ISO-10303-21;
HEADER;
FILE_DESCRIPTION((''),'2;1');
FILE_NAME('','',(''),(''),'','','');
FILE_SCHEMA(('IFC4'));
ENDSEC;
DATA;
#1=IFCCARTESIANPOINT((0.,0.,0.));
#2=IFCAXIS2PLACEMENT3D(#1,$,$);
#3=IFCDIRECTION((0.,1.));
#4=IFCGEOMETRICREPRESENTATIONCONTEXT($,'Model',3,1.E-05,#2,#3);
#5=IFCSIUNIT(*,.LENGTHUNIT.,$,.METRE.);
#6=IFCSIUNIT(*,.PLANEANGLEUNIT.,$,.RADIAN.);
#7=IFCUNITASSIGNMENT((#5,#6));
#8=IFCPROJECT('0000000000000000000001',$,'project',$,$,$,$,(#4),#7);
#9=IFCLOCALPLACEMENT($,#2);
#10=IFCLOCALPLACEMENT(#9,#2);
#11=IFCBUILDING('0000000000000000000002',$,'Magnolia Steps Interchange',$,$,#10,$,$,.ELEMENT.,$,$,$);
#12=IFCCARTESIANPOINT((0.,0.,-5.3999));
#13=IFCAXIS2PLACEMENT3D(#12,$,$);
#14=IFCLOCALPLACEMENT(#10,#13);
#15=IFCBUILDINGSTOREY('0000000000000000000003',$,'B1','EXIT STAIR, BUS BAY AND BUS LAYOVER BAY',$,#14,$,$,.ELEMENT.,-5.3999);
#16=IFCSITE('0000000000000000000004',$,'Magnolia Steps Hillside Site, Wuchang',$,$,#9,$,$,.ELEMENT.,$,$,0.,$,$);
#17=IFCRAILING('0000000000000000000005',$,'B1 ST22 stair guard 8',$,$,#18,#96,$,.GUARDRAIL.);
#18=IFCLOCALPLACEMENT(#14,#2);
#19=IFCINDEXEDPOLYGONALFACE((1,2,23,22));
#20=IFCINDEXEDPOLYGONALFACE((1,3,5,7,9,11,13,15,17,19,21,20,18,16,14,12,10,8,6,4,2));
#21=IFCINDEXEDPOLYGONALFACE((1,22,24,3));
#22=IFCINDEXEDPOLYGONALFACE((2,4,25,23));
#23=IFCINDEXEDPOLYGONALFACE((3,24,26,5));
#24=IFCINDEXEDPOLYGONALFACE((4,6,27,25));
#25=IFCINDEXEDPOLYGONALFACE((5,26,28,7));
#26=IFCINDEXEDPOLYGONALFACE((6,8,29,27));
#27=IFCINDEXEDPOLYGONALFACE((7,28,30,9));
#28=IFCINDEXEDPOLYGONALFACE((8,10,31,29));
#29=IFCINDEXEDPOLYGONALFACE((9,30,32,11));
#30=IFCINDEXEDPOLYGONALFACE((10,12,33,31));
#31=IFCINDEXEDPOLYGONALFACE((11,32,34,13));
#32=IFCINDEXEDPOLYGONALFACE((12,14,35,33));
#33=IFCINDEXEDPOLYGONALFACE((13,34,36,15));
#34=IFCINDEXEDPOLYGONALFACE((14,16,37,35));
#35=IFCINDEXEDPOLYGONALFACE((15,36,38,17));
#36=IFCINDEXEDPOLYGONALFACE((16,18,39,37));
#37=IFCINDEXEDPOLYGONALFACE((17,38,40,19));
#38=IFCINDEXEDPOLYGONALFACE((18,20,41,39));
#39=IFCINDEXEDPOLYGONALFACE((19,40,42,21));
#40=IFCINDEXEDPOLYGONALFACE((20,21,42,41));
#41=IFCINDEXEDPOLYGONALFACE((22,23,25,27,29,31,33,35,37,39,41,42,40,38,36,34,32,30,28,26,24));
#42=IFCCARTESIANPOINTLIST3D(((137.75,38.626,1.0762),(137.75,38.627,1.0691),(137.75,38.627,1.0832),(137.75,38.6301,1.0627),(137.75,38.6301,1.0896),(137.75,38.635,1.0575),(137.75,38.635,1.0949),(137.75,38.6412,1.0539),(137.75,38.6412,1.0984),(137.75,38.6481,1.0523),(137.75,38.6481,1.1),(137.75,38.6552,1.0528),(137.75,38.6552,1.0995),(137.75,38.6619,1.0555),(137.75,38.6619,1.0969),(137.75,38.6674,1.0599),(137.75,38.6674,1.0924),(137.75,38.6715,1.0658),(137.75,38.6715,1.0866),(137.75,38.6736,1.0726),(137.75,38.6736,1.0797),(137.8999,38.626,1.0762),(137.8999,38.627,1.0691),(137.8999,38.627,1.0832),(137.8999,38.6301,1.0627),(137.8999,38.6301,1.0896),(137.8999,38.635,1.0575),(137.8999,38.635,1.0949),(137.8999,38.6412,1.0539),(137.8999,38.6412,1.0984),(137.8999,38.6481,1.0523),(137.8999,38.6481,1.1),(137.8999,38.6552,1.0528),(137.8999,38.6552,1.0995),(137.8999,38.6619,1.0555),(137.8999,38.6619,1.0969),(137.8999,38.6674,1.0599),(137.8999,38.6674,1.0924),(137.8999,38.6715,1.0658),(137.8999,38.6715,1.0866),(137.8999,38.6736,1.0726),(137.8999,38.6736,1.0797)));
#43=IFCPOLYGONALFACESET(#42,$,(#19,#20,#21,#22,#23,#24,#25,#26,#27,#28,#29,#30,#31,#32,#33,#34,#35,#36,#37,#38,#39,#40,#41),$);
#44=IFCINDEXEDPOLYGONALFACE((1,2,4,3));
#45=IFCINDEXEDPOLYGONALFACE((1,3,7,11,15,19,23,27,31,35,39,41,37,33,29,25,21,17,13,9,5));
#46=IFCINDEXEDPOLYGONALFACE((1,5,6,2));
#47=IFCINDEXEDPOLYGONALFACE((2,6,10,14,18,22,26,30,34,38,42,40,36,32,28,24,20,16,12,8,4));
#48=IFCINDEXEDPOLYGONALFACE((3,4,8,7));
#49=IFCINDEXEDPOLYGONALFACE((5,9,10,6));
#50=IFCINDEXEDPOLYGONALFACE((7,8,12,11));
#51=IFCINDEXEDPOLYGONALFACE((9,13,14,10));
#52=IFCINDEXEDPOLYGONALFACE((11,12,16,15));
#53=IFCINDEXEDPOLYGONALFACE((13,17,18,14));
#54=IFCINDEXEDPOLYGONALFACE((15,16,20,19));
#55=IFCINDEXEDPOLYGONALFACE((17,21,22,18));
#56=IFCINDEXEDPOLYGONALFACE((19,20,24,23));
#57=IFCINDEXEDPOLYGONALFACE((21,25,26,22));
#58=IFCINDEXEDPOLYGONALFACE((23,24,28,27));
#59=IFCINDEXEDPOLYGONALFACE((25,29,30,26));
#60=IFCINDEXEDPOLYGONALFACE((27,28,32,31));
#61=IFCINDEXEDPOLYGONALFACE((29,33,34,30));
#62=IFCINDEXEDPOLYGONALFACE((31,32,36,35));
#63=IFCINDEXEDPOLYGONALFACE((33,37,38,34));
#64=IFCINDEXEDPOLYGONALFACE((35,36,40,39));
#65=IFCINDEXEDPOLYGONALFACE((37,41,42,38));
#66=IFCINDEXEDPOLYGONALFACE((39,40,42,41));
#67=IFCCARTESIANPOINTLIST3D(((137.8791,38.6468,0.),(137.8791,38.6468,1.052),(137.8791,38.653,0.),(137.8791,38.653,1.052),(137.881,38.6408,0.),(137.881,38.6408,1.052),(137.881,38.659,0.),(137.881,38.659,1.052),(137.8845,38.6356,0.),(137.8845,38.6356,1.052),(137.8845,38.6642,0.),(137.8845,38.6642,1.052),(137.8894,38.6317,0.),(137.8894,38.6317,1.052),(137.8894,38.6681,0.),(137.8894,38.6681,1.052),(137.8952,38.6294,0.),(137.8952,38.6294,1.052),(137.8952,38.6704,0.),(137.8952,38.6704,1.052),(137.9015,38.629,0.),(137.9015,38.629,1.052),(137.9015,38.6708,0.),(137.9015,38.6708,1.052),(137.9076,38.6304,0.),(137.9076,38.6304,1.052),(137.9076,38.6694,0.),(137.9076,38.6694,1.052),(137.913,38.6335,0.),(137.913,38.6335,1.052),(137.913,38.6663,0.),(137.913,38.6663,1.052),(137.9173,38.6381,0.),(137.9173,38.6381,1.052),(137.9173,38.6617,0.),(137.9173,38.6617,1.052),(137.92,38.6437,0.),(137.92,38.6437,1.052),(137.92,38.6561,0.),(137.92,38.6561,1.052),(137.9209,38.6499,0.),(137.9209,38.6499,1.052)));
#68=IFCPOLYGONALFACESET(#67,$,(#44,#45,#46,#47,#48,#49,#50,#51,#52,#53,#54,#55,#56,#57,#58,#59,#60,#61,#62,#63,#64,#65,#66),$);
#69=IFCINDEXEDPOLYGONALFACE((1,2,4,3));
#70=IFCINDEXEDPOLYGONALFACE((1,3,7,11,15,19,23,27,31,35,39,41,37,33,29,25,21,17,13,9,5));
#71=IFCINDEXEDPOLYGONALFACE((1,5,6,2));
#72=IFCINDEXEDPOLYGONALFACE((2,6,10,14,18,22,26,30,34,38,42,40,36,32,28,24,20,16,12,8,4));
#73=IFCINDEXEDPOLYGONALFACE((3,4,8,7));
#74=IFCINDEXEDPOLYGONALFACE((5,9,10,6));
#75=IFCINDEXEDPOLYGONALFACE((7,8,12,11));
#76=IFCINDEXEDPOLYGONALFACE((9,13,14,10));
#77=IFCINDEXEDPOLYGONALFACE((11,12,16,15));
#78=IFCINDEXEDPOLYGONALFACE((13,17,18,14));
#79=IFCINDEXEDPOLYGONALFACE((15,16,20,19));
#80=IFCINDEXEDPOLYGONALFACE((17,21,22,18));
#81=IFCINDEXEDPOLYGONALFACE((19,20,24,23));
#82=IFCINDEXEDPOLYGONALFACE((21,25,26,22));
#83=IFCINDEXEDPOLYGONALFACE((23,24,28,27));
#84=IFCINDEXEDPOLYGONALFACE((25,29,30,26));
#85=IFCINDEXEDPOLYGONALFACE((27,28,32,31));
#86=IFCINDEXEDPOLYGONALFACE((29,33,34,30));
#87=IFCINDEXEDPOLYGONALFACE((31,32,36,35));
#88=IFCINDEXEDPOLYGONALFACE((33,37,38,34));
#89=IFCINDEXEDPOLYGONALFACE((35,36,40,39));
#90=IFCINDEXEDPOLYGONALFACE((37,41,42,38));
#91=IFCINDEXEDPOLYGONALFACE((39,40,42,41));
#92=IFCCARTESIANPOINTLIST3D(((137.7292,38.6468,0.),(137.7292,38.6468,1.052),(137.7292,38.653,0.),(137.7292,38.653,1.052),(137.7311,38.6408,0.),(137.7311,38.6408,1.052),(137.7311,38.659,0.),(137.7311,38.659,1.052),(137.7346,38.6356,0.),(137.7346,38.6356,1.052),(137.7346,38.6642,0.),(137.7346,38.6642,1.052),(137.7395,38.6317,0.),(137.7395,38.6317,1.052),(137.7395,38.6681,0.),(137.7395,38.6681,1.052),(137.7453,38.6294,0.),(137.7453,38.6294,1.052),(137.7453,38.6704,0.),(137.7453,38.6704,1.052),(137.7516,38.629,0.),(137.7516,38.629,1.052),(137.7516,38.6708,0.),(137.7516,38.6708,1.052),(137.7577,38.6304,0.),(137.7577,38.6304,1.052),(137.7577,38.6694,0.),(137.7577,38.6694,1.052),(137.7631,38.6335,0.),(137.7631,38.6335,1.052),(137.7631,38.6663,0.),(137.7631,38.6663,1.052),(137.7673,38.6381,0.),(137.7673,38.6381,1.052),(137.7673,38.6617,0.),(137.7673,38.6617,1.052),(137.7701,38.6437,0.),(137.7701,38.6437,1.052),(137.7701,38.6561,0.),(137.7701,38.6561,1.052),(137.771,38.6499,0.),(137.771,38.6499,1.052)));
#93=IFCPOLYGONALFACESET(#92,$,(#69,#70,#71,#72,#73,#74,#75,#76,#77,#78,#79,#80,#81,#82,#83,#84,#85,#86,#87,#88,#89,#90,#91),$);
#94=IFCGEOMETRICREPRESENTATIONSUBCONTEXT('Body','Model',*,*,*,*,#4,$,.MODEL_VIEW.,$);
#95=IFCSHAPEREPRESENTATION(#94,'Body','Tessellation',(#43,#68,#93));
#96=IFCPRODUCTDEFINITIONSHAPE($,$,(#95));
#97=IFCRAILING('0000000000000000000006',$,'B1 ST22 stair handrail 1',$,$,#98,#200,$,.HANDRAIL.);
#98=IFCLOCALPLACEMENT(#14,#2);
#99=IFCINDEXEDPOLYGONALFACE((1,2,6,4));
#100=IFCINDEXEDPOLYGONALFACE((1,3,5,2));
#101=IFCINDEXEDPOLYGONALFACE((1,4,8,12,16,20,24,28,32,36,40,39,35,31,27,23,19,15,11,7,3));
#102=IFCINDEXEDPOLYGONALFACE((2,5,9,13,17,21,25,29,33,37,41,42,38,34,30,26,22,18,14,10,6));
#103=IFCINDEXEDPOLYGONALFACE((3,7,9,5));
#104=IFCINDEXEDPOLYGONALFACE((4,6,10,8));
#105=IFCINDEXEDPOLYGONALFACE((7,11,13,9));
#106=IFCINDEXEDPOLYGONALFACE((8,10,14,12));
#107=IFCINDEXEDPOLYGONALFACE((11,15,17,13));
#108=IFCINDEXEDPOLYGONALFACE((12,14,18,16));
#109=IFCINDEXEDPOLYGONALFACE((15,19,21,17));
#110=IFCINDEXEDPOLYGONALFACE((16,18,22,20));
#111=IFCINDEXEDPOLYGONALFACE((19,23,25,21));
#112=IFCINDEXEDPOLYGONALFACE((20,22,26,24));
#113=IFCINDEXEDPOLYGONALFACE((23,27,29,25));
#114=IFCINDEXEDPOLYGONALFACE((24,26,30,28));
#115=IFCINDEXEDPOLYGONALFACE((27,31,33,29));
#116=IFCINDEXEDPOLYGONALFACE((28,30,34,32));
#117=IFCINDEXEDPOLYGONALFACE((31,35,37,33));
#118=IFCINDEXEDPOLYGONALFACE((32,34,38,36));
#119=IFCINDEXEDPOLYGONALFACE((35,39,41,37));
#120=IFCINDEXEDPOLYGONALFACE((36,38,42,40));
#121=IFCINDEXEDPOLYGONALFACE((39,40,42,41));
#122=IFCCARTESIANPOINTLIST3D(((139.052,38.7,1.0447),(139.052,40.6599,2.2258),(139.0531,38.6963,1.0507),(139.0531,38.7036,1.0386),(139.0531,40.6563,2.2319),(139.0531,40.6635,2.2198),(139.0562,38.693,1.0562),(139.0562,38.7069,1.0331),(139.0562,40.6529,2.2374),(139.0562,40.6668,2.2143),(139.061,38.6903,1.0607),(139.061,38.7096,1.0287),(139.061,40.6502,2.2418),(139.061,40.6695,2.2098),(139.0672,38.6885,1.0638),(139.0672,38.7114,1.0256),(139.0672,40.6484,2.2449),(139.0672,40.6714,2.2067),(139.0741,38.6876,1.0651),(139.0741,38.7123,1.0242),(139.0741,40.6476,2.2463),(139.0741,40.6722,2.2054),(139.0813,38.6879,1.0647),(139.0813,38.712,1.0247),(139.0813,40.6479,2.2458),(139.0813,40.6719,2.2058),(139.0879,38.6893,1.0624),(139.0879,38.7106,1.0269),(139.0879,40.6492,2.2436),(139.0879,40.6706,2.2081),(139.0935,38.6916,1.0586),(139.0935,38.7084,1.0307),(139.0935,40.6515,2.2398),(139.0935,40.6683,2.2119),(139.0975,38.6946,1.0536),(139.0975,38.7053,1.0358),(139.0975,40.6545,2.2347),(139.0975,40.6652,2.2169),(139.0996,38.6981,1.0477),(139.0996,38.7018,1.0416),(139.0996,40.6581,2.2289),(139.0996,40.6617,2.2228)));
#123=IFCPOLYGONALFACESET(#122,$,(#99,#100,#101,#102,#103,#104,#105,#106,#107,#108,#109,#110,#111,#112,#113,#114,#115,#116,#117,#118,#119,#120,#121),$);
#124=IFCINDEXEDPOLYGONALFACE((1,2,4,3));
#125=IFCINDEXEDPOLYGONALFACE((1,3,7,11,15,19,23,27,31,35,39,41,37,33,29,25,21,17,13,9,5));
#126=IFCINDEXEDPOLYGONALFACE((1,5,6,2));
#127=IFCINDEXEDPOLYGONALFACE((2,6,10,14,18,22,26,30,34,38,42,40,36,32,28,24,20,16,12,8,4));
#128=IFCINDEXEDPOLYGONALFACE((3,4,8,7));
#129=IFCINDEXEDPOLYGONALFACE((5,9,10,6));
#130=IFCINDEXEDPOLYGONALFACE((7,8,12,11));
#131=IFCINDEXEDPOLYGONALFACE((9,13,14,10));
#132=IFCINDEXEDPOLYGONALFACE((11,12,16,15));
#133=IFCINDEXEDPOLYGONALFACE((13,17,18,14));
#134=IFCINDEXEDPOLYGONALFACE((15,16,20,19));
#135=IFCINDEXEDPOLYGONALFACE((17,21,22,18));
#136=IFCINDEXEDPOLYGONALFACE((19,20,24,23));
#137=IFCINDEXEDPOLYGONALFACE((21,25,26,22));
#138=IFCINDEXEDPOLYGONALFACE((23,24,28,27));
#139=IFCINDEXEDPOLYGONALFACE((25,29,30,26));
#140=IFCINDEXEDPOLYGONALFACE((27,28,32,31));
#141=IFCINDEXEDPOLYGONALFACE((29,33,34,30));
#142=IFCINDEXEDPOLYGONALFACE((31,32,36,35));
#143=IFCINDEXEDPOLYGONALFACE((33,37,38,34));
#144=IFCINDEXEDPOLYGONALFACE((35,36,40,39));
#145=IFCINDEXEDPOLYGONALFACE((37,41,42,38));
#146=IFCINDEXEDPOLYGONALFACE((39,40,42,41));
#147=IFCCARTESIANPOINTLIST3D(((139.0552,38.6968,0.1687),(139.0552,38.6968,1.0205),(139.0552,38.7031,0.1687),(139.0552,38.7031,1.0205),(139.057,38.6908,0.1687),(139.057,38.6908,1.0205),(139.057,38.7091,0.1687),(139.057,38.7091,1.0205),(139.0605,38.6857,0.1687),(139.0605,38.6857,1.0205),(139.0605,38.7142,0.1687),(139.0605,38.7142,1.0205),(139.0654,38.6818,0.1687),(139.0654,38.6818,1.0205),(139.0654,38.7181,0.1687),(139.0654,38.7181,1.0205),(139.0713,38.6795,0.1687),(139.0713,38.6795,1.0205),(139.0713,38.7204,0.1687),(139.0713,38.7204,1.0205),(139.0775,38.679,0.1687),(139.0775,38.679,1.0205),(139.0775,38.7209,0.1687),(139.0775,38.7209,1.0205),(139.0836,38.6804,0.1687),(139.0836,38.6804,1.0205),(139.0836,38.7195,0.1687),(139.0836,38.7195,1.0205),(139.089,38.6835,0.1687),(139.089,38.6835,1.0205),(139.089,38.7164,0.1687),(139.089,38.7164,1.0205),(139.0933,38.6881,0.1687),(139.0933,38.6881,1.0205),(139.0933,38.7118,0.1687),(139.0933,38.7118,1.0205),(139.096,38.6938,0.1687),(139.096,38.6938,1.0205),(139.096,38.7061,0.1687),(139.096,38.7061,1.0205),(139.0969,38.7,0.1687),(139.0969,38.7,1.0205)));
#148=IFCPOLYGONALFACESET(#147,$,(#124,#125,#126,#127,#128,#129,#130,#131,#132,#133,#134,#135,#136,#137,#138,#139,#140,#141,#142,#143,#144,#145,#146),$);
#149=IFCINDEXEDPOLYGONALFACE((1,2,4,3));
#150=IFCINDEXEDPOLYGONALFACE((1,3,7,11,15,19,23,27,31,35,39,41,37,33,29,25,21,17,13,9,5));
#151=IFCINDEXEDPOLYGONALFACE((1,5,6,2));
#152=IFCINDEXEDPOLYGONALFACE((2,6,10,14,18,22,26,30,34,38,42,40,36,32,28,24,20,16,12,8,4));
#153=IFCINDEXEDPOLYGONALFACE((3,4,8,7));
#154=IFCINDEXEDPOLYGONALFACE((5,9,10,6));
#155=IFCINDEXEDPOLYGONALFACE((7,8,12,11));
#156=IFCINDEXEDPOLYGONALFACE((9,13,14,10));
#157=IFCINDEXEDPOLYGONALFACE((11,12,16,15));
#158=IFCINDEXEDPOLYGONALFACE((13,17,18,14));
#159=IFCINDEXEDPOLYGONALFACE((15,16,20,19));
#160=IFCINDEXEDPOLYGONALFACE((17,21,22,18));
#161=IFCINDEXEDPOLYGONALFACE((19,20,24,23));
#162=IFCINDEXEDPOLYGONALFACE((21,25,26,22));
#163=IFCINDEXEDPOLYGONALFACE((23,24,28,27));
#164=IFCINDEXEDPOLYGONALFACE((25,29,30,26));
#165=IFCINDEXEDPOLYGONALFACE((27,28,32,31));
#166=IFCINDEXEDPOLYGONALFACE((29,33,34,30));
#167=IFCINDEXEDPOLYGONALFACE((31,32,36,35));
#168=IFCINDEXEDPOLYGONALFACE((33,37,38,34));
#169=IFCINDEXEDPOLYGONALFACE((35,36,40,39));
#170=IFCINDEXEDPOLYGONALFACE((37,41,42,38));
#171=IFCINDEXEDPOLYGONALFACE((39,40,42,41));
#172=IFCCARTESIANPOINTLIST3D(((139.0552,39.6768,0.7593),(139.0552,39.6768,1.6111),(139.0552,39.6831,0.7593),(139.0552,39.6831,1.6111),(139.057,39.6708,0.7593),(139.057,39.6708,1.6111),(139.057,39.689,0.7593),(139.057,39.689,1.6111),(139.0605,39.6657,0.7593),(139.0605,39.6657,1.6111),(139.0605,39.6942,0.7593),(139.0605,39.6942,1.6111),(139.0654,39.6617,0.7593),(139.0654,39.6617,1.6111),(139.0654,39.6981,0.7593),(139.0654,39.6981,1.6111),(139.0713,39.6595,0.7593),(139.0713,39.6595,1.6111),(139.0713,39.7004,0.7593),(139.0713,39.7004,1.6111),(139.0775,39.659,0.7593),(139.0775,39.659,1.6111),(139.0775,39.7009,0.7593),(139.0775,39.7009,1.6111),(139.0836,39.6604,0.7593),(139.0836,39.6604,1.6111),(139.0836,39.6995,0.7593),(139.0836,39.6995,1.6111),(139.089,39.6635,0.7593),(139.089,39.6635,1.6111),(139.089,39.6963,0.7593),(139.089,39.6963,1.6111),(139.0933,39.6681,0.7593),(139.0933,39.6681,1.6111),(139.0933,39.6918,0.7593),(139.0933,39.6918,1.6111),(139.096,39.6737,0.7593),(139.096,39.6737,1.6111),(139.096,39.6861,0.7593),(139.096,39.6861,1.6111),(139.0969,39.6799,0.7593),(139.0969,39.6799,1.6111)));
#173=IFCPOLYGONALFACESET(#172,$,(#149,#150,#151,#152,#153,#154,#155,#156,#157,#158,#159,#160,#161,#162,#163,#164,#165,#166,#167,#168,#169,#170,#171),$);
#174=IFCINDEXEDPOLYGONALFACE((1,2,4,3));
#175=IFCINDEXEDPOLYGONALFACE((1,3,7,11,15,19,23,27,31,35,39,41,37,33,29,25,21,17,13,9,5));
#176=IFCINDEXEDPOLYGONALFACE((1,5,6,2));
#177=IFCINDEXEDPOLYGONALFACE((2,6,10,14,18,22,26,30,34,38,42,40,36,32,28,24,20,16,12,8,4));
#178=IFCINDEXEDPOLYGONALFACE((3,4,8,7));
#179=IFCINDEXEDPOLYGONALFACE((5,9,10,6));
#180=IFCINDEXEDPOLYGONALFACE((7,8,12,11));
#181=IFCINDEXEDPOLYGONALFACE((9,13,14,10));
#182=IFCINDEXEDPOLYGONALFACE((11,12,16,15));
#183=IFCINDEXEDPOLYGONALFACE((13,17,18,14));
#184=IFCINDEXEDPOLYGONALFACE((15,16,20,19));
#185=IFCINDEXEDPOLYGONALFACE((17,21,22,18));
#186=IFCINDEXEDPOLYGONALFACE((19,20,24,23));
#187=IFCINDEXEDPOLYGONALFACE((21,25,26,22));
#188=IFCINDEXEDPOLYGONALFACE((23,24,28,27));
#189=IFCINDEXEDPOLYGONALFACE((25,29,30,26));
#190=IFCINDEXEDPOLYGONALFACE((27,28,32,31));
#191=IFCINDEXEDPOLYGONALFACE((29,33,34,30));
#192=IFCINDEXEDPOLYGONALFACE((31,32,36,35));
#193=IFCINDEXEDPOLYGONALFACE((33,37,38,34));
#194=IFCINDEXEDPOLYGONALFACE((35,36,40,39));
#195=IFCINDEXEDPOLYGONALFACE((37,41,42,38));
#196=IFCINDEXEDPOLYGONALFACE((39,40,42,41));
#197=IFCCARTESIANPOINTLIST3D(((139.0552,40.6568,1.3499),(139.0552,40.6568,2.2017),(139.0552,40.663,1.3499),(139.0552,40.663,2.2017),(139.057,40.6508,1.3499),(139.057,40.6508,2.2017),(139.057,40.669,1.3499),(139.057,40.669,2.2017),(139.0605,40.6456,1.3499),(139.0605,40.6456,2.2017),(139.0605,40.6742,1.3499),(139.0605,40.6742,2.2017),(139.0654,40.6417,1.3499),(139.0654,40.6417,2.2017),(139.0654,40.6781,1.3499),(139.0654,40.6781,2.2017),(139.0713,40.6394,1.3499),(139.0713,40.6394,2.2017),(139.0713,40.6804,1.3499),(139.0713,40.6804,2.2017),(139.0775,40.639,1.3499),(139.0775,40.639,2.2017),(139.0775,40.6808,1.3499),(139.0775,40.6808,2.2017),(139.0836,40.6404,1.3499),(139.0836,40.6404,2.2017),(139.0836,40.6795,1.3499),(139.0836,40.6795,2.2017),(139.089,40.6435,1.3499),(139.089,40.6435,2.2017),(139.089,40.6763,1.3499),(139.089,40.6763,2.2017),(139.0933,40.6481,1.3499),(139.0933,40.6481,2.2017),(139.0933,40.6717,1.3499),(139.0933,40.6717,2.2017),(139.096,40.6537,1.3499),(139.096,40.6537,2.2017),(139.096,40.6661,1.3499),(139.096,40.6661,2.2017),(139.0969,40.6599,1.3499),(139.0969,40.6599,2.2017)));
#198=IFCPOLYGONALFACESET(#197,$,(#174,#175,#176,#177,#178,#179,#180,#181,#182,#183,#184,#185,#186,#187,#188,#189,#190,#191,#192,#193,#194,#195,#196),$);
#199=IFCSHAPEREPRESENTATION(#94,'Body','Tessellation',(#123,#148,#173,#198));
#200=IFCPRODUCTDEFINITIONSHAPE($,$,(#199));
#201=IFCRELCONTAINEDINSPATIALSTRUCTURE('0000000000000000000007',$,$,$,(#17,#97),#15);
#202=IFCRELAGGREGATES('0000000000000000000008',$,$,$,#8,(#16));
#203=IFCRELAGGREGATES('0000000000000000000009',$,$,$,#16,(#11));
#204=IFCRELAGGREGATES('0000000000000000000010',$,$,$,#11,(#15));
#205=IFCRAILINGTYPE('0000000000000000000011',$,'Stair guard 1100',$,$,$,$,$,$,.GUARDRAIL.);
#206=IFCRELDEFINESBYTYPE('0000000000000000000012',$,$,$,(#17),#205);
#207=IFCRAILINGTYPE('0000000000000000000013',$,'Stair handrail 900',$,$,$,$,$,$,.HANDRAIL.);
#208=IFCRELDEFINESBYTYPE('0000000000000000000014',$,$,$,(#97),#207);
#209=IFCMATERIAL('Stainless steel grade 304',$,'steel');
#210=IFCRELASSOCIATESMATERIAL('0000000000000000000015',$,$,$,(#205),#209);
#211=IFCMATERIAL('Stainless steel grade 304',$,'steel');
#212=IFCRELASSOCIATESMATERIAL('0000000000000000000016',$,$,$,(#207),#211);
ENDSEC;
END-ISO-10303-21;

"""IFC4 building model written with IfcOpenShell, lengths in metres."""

from ifc_helpers import new_model, si_unit, direction, frame, origin, origin_2d, place, context, subcontext, project, spatial, circle, extrude, material, type_object, element, save


model = new_model("IFC4")

# Units and contexts
model_context = context("Model", 3, precision=1e-05, world=origin(), true_north=direction((0.0, 1.0)))
body_context = subcontext(model_context, "Body", "Model", "MODEL_VIEW")
ifc_project = project(units=[si_unit("LENGTHUNIT", "METRE"), si_unit("PLANEANGLEUNIT", "RADIAN")], contexts=[model_context])

# Site, building, storey
site_placement = place(None, origin())
site = spatial("IfcSite", under=ifc_project, at=site_placement, Name="Magnolia Steps Hillside Site, Wuchang", CompositionType="ELEMENT", RefElevation=0.0)
building_placement = place(site_placement, origin())
building = spatial("IfcBuilding", under=site, at=building_placement, Name="Magnolia Steps Interchange", CompositionType="ELEMENT")
storey_placement = place(building_placement, frame((0.0, 0.0, -5.3999)))
storey = spatial("IfcBuildingStorey", under=building, at=storey_placement, Name="B1", Description="EXIT STAIR, BUS BAY AND BUS LAYOVER BAY", CompositionType="ELEMENT", Elevation=-5.3999)

# Railings
ifc_material_1 = material(Name="Stainless steel grade 304", Category="steel")
railing_type_1 = type_object("IfcRailingType", Name="Stair guard 1100", PredefinedType="GUARDRAIL", material=ifc_material_1)
railing_1_placement = place(storey_placement, frame((137.8999, 38.6499, 0.0)))
element("IfcRailing", 1, at=railing_1_placement, inside=storey, type_object=railing_type_1, Name="B1 ST22 stair guard 8", PredefinedType="GUARDRAIL", context=body_context, shape_type="SweptSolid", body=[
    extrude(circle(Radius=0.0239, at=origin_2d()), frame((0.0, 0.0, 1.0762), z_axis=(-1.0, 0.0, 0.0), x_axis=(0.0, -1.0, 0.0)), (0.0, 0.0, 1.0), 0.1499),
    extrude(circle(Radius=0.021, at=origin_2d()), origin(), (0.0, 0.0, 1.0), 1.052),
    extrude(circle(Radius=0.021, at=origin_2d()), frame((-0.1499, 0.0, 0.0)), (0.0, 0.0, 1.0), 1.052),
])
ifc_material_2 = material(Name="Stainless steel grade 304", Category="steel")
railing_type_2 = type_object("IfcRailingType", Name="Stair handrail 900", PredefinedType="HANDRAIL", material=ifc_material_2)
railing_2_placement = place(storey_placement, frame((139.0759, 38.7, 0.1687)))
element("IfcRailing", 2, at=railing_2_placement, inside=storey, type_object=railing_type_2, Name="B1 ST22 stair handrail 1", PredefinedType="HANDRAIL", context=body_context, shape_type="SweptSolid", body=[
    extrude(circle(Radius=0.0239, at=origin_2d()), frame((0.0, 0.0, 0.876), z_axis=(0.0, 0.856493, 0.516158), x_axis=(-1.0, 0.0, 0.0)), (0.0, 0.0, 1.0), 2.2883),
    extrude(circle(Radius=0.021, at=origin_2d()), origin(), (0.0, 0.0, 1.0), 0.8518),
    extrude(circle(Radius=0.021, at=origin_2d()), frame((0.0, 0.98, 0.5906)), (0.0, 0.0, 1.0), 0.8518),
    extrude(circle(Radius=0.021, at=origin_2d()), frame((0.0, 1.96, 1.1812)), (0.0, 0.0, 1.0), 0.8518),
])

save(model, "model.ifc")
